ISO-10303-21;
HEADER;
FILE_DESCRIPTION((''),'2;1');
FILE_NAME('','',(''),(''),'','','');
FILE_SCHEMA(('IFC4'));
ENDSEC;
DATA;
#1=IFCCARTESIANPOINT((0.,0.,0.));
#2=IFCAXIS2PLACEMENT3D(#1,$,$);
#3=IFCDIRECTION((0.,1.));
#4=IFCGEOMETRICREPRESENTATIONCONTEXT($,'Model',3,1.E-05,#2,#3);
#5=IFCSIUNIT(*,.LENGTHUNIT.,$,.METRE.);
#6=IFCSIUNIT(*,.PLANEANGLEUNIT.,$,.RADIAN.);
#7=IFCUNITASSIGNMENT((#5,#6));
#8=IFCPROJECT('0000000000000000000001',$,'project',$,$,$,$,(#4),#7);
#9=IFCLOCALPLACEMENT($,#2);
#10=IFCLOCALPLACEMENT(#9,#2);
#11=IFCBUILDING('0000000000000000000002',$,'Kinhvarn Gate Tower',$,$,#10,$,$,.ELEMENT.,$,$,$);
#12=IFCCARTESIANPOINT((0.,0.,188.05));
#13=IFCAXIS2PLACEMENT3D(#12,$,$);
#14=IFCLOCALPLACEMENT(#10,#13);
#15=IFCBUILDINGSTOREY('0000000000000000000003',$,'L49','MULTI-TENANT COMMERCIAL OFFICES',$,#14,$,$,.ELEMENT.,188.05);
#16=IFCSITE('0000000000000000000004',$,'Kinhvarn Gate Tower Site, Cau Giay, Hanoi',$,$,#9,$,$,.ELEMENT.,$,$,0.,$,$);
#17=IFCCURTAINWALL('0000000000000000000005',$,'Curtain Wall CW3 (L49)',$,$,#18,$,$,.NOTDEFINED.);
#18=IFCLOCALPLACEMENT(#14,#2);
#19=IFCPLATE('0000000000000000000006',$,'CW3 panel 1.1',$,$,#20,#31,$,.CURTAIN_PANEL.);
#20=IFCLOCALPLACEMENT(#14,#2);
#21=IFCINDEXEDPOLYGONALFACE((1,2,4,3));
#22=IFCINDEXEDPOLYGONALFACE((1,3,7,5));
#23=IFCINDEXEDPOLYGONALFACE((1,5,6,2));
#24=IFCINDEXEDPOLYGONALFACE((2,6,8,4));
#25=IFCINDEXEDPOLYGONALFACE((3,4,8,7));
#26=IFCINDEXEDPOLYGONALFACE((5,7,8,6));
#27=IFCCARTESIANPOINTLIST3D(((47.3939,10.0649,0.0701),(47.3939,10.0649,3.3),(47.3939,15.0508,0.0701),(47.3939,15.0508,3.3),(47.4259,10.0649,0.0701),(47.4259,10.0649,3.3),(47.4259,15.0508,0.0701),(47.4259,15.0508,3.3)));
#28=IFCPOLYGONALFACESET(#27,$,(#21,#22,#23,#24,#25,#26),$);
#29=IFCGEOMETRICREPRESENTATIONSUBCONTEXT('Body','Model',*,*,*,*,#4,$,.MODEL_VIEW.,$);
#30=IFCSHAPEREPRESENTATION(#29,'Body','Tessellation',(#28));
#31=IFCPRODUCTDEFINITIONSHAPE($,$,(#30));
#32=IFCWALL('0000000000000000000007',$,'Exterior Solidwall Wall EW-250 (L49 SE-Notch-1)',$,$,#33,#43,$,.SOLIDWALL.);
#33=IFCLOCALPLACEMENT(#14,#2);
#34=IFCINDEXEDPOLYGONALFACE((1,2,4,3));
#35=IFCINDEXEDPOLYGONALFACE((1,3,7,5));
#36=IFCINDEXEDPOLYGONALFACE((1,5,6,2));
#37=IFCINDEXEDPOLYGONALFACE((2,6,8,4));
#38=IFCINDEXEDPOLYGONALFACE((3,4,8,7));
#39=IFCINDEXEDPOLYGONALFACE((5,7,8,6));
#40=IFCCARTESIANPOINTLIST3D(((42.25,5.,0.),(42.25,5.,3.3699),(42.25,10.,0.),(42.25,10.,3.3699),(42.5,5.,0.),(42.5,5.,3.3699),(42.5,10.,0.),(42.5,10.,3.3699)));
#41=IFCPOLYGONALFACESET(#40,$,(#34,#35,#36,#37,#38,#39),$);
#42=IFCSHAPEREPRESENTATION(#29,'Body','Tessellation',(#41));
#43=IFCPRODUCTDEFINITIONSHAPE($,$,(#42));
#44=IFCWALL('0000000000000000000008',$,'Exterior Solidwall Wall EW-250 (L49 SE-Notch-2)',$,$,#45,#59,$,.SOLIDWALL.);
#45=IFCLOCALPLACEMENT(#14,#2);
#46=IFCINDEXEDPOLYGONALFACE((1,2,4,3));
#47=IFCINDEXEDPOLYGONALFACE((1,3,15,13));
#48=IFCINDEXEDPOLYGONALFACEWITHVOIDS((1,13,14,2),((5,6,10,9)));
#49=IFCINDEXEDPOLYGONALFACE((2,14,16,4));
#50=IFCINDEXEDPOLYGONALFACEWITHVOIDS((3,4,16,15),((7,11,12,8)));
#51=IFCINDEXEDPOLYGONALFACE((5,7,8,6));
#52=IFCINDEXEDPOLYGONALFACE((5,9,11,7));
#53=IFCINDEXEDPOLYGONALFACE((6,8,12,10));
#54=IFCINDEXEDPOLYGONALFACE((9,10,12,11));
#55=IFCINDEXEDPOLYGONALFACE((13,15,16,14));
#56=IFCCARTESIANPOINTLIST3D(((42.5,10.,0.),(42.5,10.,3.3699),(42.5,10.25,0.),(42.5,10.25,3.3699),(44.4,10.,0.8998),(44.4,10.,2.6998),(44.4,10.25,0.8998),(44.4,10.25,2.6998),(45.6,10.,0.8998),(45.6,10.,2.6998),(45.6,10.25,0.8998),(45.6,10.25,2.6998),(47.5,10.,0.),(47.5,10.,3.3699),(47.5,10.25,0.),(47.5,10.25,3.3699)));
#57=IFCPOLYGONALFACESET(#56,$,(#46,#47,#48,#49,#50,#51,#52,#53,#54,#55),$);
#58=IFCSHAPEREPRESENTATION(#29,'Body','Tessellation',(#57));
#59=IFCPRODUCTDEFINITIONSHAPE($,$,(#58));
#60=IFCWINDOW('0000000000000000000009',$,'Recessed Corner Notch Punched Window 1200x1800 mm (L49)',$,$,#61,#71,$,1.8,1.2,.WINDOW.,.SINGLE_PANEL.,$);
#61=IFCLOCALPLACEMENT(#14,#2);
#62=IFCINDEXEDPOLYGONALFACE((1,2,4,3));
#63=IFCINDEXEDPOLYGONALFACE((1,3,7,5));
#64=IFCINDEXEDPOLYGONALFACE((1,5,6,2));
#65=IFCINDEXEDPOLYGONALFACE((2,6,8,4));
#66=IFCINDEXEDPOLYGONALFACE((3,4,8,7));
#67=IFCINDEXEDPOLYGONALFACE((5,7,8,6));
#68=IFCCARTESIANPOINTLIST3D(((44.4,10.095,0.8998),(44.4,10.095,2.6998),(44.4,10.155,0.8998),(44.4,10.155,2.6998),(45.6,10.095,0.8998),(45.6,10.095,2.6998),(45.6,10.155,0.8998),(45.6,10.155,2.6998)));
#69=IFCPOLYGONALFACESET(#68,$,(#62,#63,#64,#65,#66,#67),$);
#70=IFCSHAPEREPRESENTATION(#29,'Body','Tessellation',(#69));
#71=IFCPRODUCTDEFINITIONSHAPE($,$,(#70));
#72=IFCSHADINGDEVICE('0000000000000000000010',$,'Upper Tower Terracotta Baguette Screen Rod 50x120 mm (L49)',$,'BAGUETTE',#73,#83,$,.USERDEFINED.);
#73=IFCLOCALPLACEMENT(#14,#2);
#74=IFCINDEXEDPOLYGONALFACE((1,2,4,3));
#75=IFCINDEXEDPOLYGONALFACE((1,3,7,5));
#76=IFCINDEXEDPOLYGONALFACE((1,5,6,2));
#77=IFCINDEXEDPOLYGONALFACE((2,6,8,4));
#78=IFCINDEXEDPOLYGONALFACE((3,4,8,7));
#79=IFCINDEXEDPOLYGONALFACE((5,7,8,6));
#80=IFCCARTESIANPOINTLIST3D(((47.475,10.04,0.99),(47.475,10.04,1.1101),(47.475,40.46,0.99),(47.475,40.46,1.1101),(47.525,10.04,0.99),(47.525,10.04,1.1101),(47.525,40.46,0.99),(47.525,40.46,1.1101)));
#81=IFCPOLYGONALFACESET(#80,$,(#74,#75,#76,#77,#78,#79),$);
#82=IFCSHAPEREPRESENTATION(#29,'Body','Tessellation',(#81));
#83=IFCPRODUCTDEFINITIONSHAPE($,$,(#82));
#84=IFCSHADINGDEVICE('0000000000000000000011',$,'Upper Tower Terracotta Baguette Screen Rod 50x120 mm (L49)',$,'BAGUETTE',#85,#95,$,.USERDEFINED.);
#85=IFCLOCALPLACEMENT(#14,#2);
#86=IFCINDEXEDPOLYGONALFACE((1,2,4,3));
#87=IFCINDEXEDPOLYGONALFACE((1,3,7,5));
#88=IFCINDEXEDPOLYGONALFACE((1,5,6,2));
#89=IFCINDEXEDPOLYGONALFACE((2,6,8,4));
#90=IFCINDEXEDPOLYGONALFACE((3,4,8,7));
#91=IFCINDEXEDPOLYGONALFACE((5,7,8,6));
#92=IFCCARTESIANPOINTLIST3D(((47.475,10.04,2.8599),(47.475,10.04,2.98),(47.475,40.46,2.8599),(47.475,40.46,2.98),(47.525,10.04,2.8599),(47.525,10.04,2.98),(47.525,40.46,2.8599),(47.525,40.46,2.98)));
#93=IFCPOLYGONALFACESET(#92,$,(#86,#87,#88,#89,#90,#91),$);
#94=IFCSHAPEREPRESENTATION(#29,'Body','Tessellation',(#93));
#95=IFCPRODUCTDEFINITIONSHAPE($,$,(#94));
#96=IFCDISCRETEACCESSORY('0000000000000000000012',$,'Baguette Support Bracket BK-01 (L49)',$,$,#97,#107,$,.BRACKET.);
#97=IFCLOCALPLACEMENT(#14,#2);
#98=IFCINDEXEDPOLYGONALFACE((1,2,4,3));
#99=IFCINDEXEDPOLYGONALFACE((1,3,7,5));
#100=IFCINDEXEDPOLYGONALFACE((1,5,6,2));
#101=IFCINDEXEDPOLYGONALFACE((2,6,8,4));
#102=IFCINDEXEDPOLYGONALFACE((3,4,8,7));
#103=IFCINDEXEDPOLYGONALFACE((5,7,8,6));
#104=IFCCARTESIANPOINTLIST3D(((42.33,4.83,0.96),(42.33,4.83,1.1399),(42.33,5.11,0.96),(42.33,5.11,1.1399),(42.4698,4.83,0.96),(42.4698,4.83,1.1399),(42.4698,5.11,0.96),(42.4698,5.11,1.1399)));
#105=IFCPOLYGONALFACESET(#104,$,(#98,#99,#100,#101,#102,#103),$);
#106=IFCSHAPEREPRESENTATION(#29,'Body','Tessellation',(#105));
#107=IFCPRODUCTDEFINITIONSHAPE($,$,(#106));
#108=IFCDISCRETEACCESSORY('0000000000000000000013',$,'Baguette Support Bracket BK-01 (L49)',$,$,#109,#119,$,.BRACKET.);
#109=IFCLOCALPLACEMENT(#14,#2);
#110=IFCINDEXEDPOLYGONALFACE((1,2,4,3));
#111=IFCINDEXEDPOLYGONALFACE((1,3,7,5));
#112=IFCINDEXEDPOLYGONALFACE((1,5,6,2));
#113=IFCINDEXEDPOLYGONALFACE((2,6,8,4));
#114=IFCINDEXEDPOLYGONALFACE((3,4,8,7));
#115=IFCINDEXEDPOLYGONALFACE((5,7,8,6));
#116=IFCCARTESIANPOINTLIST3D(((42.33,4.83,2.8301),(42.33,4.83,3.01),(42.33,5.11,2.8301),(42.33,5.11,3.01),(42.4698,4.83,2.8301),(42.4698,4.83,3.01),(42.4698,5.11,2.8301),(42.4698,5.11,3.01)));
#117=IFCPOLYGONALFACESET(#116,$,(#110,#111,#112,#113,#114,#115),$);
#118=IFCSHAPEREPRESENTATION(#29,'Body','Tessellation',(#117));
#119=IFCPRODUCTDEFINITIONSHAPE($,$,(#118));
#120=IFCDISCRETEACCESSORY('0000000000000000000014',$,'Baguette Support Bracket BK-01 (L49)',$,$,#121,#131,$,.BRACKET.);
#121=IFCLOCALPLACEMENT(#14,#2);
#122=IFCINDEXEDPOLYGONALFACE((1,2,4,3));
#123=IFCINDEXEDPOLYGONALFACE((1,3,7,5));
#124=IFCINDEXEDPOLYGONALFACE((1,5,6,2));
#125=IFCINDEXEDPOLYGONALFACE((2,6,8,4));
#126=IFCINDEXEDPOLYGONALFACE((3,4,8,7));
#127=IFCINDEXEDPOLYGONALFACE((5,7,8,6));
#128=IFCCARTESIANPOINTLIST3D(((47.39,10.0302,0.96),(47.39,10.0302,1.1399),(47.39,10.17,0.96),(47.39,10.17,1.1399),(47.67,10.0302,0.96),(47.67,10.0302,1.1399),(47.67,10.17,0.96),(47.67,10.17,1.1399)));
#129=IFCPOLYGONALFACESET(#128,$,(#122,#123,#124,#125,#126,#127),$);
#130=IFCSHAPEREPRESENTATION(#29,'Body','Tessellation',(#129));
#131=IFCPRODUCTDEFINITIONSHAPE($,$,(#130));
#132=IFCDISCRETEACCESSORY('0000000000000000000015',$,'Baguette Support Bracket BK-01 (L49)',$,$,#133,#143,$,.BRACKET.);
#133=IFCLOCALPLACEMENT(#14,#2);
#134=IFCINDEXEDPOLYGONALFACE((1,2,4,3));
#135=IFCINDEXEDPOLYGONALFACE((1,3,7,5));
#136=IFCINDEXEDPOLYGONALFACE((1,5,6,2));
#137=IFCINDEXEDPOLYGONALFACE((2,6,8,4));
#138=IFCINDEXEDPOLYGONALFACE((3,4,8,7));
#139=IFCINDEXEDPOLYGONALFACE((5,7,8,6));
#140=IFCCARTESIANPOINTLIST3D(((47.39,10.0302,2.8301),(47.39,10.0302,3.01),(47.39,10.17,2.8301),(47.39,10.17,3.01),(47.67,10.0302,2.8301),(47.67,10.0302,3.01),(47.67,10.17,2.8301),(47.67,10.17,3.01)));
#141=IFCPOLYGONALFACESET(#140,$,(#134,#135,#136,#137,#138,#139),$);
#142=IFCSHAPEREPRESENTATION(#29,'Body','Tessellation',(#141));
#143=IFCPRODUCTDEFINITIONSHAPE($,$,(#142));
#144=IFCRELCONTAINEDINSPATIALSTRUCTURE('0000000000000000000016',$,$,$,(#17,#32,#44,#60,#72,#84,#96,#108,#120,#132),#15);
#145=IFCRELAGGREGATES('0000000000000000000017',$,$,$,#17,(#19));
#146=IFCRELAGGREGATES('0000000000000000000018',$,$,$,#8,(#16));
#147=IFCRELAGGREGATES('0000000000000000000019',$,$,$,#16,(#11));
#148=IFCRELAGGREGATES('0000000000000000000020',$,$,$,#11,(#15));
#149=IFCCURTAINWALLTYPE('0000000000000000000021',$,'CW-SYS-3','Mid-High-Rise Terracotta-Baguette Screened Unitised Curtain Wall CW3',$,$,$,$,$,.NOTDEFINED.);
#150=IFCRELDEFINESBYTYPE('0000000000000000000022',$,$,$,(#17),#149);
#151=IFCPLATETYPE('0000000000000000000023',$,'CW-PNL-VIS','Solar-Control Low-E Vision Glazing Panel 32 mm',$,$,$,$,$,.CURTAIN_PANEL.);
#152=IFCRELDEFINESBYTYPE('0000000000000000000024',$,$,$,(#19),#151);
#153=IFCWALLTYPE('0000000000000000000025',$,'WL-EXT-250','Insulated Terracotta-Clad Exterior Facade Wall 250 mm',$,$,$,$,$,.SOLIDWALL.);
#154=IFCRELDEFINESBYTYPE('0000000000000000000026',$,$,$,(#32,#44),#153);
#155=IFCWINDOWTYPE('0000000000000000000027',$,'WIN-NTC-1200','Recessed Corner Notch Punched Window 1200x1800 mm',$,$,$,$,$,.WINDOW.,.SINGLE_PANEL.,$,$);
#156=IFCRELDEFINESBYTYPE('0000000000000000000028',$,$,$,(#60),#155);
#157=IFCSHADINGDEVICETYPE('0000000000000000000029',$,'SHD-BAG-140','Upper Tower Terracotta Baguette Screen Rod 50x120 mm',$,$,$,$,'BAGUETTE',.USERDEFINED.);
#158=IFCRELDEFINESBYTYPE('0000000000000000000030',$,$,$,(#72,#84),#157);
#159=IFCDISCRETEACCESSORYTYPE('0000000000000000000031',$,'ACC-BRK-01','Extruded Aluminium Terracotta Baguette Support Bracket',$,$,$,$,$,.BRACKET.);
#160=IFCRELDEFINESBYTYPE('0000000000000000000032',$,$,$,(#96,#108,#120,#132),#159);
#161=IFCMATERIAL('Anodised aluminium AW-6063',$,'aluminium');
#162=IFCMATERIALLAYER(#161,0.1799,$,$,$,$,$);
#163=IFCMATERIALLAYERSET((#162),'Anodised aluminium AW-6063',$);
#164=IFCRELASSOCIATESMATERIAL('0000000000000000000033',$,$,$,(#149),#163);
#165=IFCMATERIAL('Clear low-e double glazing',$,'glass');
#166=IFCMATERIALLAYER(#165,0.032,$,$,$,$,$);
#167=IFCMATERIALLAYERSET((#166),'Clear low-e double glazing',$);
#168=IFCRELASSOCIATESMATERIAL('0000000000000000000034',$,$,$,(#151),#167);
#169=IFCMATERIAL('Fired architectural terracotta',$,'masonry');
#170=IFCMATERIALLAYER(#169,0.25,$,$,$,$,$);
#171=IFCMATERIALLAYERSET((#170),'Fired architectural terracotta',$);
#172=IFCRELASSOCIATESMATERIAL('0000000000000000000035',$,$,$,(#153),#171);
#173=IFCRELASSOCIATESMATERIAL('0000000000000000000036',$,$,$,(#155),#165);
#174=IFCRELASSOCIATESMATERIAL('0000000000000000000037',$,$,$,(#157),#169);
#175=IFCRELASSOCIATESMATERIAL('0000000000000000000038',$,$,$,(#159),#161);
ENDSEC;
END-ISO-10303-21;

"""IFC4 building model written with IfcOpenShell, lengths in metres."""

from ifc_helpers import new_model, si_unit, direction, frame, frame_2d, origin, origin_2d, place, context, subcontext, project, spatial, rectangle, extrude, material, layer, layer_set, material_profile, profile_set, type_object, element, fill, aggregate, save


model = new_model("IFC4")

# Units and contexts
model_context = context("Model", 3, precision=1e-05, world=origin(), true_north=direction((0.0, 1.0)))
body_context = subcontext(model_context, "Body", "Model", "MODEL_VIEW")
ifc_project = project(units=[si_unit("LENGTHUNIT", "METRE"), si_unit("PLANEANGLEUNIT", "RADIAN")], contexts=[model_context])

# Site, building, storey
site_placement = place(None, origin())
site = spatial("IfcSite", under=ifc_project, at=site_placement, Name="Kinhvarn Gate Tower Site, Cau Giay, Hanoi", CompositionType="ELEMENT", RefElevation=0.0)
building_placement = place(site_placement, origin())
building = spatial("IfcBuilding", under=site, at=building_placement, Name="Kinhvarn Gate Tower", CompositionType="ELEMENT")
storey_placement = place(building_placement, frame((0.0, 0.0, 188.05)))
storey = spatial("IfcBuildingStorey", under=building, at=storey_placement, Name="L49", Description="MULTI-TENANT COMMERCIAL OFFICES", CompositionType="ELEMENT", Elevation=188.05)

# Shared definitions
ifc_material_1 = material(Name="Anodised aluminium AW-6063", Category="aluminium")
ifc_layer_1 = layer(ifc_material_1, 0.1799)
ifc_layer_set_1 = layer_set([ifc_layer_1], Name="Anodised aluminium AW-6063")
curtain_wall_type = type_object("IfcCurtainWallType", Name="CW-SYS-3", Description="Mid-High-Rise Terracotta-Baguette Screened Unitised Curtain Wall CW3", PredefinedType="NOTDEFINED", material=ifc_layer_set_1)

# Curtain wall
curtain_wall_1_placement = place(storey_placement, origin())
curtain_wall_1 = element("IfcCurtainWall", 1, at=curtain_wall_1_placement, inside=storey, type_object=curtain_wall_type, Name="Curtain Wall CW3 (L49)", PredefinedType="NOTDEFINED")

# Plate
ifc_material_2 = material(Name="Clear low-e double glazing", Category="glass")
ifc_layer_2 = layer(ifc_material_2, 0.032)
ifc_layer_set_2 = layer_set([ifc_layer_2], Name="Clear low-e double glazing")
plate_type = type_object("IfcPlateType", Name="CW-PNL-VIS", Description="Solar-Control Low-E Vision Glazing Panel 32 mm", PredefinedType="CURTAIN_PANEL", material=ifc_layer_set_2)
plate_1_placement = place(storey_placement, frame((47.4099, 12.5579, 0.0701), z_axis=(0.0, 0.0, 1.0), x_axis=(0.0, 1.0, 0.0)))
plate_1 = element("IfcPlate", 2, at=plate_1_placement, type_object=plate_type, Name="CW3 panel 1.1", PredefinedType="CURTAIN_PANEL", context=body_context, shape_type="SweptSolid", body=[
    extrude(rectangle(XDim=4.9858, YDim=0.032, at=origin_2d()), origin(), (0.0, 0.0, 1.0), 3.23),
])
aggregate(curtain_wall_1, [plate_1])

# Wall
ifc_material_3 = material(Name="Fired architectural terracotta", Category="masonry")
ifc_layer_3 = layer(ifc_material_3, 0.25)
ifc_layer_set_3 = layer_set([ifc_layer_3], Name="Fired architectural terracotta")
wall_type = type_object("IfcWallType", Name="WL-EXT-250", Description="Insulated Terracotta-Clad Exterior Facade Wall 250 mm", PredefinedType="SOLIDWALL", material=ifc_layer_set_3)
wall_1_placement = place(storey_placement, frame((42.375, 5.0, 0.0), z_axis=(0.0, 0.0, 1.0), x_axis=(0.0, 1.0, 0.0)))
element("IfcWall", 3, at=wall_1_placement, inside=storey, type_object=wall_type, Name="Exterior Solidwall Wall EW-250 (L49 SE-Notch-1)", PredefinedType="SOLIDWALL", context=body_context, shape_type="SweptSolid", body=[
    extrude(rectangle(XDim=5.0, YDim=0.25, at=frame_2d((2.5, 0.0))), origin(), (0.0, 0.0, 1.0), 3.3699),
])

# Wall, opening, window
wall_2_placement = place(storey_placement, frame((42.5, 10.125, 0.0), z_axis=(0.0, 0.0, 1.0), x_axis=(1.0, 0.0, 0.0)))
wall_2 = element("IfcWall", 4, at=wall_2_placement, inside=storey, type_object=wall_type, Name="Exterior Solidwall Wall EW-250 (L49 SE-Notch-2)", PredefinedType="SOLIDWALL", context=body_context, shape_type="SweptSolid", body=[
    extrude(rectangle(XDim=5.0, YDim=0.25, at=frame_2d((2.5, 0.0))), origin(), (0.0, 0.0, 1.0), 3.3699),
])
opening_placement = place(wall_2_placement, frame((1.8999, 0.0, 0.8999)))
opening = element("IfcOpeningElement", 5, at=opening_placement, cuts=wall_2, PredefinedType="OPENING", context=body_context, shape_type="SweptSolid", body=[
    extrude(rectangle(XDim=1.2, YDim=1.8, at=frame_2d((0.6001, 0.8999))), frame((0.0, 0.135, 0.0), z_axis=(0.0, -1.0, 0.0), x_axis=(1.0, 0.0, 0.0)), (0.0, 0.0, 1.0), 0.27),
])
window_type = type_object("IfcWindowType", Name="WIN-NTC-1200", Description="Recessed Corner Notch Punched Window 1200x1800 mm", PartitioningType="SINGLE_PANEL", PredefinedType="WINDOW", material=ifc_material_2)
window_placement = place(opening_placement, origin())
window = element("IfcWindow", 6, at=window_placement, inside=storey, type_object=window_type, Name="Recessed Corner Notch Punched Window 1200x1800 mm (L49)", OverallHeight=1.8, OverallWidth=1.2, PartitioningType="SINGLE_PANEL", PredefinedType="WINDOW", context=body_context, shape_type="SweptSolid", body=[
    extrude(rectangle(XDim=1.2, YDim=1.8, at=frame_2d((0.6001, 0.8999))), frame((0.0, 0.03, 0.0), z_axis=(0.0, -1.0, 0.0), x_axis=(1.0, 0.0, 0.0)), (0.0, 0.0, 1.0), 0.0601),
])
fill(opening, window)

# Shading devices
ifc_material_profile_1 = material_profile(ifc_material_3, rectangle(XDim=0.05, YDim=0.1201, at=origin_2d()), Name="TC 50x120")
ifc_profile_set_1 = profile_set([ifc_material_profile_1], Name="Fired architectural terracotta")
shading_device_type = type_object("IfcShadingDeviceType", Name="SHD-BAG-140", Description="Upper Tower Terracotta Baguette Screen Rod 50x120 mm", ElementType="BAGUETTE", PredefinedType="USERDEFINED", material=ifc_profile_set_1)
for number, where, z_axis, x_axis, name in (
    (7, (47.5, 10.04, 1.05), (0.0, 1.0, 0.0), (-1.0, 0.0, 0.0), "Upper Tower Terracotta Baguette Screen Rod 50x120 mm (L49)"),
    (8, (47.5, 10.04, 2.9199), (0.0, 1.0, 0.0), (-1.0, 0.0, 0.0), "Upper Tower Terracotta Baguette Screen Rod 50x120 mm (L49)"),
):
    element("IfcShadingDevice", number, at=place(storey_placement, frame(where, z_axis=z_axis, x_axis=x_axis)), inside=storey, type_object=shading_device_type, Name=name, ObjectType="BAGUETTE", PredefinedType="USERDEFINED", context=body_context, shape_type="SweptSolid", body=[
        extrude(rectangle(XDim=0.05, YDim=0.1201, at=origin_2d()), origin(), (0.0, 0.0, 1.0), 30.4199),
    ])

# Discrete accessories
discrete_accessory_type = type_object("IfcDiscreteAccessoryType", Name="ACC-BRK-01", Description="Extruded Aluminium Terracotta Baguette Support Bracket", PredefinedType="BRACKET", material=ifc_material_1)
for number, where, z_axis, x_axis, name in (
    (9, (42.3999, 4.97, 0.96), (0.0, 0.0, 1.0), (1.0, 0.0, 0.0), "Baguette Support Bracket BK-01 (L49)"),
    (10, (42.3999, 4.97, 2.8301), (0.0, 0.0, 1.0), (1.0, 0.0, 0.0), "Baguette Support Bracket BK-01 (L49)"),
    (11, (47.53, 10.1001, 0.96), (0.0, 0.0, 1.0), (0.0, 1.0, 0.0), "Baguette Support Bracket BK-01 (L49)"),
    (12, (47.53, 10.1001, 2.8301), (0.0, 0.0, 1.0), (0.0, 1.0, 0.0), "Baguette Support Bracket BK-01 (L49)"),
):
    element("IfcDiscreteAccessory", number, at=place(storey_placement, frame(where, z_axis=z_axis, x_axis=x_axis)), inside=storey, type_object=discrete_accessory_type, Name=name, PredefinedType="BRACKET", context=body_context, shape_type="SweptSolid", body=[
        extrude(rectangle(XDim=0.1399, YDim=0.28, at=origin_2d()), origin(), (0.0, 0.0, 1.0), 0.1799),
    ])

save(model, "model.ifc")
